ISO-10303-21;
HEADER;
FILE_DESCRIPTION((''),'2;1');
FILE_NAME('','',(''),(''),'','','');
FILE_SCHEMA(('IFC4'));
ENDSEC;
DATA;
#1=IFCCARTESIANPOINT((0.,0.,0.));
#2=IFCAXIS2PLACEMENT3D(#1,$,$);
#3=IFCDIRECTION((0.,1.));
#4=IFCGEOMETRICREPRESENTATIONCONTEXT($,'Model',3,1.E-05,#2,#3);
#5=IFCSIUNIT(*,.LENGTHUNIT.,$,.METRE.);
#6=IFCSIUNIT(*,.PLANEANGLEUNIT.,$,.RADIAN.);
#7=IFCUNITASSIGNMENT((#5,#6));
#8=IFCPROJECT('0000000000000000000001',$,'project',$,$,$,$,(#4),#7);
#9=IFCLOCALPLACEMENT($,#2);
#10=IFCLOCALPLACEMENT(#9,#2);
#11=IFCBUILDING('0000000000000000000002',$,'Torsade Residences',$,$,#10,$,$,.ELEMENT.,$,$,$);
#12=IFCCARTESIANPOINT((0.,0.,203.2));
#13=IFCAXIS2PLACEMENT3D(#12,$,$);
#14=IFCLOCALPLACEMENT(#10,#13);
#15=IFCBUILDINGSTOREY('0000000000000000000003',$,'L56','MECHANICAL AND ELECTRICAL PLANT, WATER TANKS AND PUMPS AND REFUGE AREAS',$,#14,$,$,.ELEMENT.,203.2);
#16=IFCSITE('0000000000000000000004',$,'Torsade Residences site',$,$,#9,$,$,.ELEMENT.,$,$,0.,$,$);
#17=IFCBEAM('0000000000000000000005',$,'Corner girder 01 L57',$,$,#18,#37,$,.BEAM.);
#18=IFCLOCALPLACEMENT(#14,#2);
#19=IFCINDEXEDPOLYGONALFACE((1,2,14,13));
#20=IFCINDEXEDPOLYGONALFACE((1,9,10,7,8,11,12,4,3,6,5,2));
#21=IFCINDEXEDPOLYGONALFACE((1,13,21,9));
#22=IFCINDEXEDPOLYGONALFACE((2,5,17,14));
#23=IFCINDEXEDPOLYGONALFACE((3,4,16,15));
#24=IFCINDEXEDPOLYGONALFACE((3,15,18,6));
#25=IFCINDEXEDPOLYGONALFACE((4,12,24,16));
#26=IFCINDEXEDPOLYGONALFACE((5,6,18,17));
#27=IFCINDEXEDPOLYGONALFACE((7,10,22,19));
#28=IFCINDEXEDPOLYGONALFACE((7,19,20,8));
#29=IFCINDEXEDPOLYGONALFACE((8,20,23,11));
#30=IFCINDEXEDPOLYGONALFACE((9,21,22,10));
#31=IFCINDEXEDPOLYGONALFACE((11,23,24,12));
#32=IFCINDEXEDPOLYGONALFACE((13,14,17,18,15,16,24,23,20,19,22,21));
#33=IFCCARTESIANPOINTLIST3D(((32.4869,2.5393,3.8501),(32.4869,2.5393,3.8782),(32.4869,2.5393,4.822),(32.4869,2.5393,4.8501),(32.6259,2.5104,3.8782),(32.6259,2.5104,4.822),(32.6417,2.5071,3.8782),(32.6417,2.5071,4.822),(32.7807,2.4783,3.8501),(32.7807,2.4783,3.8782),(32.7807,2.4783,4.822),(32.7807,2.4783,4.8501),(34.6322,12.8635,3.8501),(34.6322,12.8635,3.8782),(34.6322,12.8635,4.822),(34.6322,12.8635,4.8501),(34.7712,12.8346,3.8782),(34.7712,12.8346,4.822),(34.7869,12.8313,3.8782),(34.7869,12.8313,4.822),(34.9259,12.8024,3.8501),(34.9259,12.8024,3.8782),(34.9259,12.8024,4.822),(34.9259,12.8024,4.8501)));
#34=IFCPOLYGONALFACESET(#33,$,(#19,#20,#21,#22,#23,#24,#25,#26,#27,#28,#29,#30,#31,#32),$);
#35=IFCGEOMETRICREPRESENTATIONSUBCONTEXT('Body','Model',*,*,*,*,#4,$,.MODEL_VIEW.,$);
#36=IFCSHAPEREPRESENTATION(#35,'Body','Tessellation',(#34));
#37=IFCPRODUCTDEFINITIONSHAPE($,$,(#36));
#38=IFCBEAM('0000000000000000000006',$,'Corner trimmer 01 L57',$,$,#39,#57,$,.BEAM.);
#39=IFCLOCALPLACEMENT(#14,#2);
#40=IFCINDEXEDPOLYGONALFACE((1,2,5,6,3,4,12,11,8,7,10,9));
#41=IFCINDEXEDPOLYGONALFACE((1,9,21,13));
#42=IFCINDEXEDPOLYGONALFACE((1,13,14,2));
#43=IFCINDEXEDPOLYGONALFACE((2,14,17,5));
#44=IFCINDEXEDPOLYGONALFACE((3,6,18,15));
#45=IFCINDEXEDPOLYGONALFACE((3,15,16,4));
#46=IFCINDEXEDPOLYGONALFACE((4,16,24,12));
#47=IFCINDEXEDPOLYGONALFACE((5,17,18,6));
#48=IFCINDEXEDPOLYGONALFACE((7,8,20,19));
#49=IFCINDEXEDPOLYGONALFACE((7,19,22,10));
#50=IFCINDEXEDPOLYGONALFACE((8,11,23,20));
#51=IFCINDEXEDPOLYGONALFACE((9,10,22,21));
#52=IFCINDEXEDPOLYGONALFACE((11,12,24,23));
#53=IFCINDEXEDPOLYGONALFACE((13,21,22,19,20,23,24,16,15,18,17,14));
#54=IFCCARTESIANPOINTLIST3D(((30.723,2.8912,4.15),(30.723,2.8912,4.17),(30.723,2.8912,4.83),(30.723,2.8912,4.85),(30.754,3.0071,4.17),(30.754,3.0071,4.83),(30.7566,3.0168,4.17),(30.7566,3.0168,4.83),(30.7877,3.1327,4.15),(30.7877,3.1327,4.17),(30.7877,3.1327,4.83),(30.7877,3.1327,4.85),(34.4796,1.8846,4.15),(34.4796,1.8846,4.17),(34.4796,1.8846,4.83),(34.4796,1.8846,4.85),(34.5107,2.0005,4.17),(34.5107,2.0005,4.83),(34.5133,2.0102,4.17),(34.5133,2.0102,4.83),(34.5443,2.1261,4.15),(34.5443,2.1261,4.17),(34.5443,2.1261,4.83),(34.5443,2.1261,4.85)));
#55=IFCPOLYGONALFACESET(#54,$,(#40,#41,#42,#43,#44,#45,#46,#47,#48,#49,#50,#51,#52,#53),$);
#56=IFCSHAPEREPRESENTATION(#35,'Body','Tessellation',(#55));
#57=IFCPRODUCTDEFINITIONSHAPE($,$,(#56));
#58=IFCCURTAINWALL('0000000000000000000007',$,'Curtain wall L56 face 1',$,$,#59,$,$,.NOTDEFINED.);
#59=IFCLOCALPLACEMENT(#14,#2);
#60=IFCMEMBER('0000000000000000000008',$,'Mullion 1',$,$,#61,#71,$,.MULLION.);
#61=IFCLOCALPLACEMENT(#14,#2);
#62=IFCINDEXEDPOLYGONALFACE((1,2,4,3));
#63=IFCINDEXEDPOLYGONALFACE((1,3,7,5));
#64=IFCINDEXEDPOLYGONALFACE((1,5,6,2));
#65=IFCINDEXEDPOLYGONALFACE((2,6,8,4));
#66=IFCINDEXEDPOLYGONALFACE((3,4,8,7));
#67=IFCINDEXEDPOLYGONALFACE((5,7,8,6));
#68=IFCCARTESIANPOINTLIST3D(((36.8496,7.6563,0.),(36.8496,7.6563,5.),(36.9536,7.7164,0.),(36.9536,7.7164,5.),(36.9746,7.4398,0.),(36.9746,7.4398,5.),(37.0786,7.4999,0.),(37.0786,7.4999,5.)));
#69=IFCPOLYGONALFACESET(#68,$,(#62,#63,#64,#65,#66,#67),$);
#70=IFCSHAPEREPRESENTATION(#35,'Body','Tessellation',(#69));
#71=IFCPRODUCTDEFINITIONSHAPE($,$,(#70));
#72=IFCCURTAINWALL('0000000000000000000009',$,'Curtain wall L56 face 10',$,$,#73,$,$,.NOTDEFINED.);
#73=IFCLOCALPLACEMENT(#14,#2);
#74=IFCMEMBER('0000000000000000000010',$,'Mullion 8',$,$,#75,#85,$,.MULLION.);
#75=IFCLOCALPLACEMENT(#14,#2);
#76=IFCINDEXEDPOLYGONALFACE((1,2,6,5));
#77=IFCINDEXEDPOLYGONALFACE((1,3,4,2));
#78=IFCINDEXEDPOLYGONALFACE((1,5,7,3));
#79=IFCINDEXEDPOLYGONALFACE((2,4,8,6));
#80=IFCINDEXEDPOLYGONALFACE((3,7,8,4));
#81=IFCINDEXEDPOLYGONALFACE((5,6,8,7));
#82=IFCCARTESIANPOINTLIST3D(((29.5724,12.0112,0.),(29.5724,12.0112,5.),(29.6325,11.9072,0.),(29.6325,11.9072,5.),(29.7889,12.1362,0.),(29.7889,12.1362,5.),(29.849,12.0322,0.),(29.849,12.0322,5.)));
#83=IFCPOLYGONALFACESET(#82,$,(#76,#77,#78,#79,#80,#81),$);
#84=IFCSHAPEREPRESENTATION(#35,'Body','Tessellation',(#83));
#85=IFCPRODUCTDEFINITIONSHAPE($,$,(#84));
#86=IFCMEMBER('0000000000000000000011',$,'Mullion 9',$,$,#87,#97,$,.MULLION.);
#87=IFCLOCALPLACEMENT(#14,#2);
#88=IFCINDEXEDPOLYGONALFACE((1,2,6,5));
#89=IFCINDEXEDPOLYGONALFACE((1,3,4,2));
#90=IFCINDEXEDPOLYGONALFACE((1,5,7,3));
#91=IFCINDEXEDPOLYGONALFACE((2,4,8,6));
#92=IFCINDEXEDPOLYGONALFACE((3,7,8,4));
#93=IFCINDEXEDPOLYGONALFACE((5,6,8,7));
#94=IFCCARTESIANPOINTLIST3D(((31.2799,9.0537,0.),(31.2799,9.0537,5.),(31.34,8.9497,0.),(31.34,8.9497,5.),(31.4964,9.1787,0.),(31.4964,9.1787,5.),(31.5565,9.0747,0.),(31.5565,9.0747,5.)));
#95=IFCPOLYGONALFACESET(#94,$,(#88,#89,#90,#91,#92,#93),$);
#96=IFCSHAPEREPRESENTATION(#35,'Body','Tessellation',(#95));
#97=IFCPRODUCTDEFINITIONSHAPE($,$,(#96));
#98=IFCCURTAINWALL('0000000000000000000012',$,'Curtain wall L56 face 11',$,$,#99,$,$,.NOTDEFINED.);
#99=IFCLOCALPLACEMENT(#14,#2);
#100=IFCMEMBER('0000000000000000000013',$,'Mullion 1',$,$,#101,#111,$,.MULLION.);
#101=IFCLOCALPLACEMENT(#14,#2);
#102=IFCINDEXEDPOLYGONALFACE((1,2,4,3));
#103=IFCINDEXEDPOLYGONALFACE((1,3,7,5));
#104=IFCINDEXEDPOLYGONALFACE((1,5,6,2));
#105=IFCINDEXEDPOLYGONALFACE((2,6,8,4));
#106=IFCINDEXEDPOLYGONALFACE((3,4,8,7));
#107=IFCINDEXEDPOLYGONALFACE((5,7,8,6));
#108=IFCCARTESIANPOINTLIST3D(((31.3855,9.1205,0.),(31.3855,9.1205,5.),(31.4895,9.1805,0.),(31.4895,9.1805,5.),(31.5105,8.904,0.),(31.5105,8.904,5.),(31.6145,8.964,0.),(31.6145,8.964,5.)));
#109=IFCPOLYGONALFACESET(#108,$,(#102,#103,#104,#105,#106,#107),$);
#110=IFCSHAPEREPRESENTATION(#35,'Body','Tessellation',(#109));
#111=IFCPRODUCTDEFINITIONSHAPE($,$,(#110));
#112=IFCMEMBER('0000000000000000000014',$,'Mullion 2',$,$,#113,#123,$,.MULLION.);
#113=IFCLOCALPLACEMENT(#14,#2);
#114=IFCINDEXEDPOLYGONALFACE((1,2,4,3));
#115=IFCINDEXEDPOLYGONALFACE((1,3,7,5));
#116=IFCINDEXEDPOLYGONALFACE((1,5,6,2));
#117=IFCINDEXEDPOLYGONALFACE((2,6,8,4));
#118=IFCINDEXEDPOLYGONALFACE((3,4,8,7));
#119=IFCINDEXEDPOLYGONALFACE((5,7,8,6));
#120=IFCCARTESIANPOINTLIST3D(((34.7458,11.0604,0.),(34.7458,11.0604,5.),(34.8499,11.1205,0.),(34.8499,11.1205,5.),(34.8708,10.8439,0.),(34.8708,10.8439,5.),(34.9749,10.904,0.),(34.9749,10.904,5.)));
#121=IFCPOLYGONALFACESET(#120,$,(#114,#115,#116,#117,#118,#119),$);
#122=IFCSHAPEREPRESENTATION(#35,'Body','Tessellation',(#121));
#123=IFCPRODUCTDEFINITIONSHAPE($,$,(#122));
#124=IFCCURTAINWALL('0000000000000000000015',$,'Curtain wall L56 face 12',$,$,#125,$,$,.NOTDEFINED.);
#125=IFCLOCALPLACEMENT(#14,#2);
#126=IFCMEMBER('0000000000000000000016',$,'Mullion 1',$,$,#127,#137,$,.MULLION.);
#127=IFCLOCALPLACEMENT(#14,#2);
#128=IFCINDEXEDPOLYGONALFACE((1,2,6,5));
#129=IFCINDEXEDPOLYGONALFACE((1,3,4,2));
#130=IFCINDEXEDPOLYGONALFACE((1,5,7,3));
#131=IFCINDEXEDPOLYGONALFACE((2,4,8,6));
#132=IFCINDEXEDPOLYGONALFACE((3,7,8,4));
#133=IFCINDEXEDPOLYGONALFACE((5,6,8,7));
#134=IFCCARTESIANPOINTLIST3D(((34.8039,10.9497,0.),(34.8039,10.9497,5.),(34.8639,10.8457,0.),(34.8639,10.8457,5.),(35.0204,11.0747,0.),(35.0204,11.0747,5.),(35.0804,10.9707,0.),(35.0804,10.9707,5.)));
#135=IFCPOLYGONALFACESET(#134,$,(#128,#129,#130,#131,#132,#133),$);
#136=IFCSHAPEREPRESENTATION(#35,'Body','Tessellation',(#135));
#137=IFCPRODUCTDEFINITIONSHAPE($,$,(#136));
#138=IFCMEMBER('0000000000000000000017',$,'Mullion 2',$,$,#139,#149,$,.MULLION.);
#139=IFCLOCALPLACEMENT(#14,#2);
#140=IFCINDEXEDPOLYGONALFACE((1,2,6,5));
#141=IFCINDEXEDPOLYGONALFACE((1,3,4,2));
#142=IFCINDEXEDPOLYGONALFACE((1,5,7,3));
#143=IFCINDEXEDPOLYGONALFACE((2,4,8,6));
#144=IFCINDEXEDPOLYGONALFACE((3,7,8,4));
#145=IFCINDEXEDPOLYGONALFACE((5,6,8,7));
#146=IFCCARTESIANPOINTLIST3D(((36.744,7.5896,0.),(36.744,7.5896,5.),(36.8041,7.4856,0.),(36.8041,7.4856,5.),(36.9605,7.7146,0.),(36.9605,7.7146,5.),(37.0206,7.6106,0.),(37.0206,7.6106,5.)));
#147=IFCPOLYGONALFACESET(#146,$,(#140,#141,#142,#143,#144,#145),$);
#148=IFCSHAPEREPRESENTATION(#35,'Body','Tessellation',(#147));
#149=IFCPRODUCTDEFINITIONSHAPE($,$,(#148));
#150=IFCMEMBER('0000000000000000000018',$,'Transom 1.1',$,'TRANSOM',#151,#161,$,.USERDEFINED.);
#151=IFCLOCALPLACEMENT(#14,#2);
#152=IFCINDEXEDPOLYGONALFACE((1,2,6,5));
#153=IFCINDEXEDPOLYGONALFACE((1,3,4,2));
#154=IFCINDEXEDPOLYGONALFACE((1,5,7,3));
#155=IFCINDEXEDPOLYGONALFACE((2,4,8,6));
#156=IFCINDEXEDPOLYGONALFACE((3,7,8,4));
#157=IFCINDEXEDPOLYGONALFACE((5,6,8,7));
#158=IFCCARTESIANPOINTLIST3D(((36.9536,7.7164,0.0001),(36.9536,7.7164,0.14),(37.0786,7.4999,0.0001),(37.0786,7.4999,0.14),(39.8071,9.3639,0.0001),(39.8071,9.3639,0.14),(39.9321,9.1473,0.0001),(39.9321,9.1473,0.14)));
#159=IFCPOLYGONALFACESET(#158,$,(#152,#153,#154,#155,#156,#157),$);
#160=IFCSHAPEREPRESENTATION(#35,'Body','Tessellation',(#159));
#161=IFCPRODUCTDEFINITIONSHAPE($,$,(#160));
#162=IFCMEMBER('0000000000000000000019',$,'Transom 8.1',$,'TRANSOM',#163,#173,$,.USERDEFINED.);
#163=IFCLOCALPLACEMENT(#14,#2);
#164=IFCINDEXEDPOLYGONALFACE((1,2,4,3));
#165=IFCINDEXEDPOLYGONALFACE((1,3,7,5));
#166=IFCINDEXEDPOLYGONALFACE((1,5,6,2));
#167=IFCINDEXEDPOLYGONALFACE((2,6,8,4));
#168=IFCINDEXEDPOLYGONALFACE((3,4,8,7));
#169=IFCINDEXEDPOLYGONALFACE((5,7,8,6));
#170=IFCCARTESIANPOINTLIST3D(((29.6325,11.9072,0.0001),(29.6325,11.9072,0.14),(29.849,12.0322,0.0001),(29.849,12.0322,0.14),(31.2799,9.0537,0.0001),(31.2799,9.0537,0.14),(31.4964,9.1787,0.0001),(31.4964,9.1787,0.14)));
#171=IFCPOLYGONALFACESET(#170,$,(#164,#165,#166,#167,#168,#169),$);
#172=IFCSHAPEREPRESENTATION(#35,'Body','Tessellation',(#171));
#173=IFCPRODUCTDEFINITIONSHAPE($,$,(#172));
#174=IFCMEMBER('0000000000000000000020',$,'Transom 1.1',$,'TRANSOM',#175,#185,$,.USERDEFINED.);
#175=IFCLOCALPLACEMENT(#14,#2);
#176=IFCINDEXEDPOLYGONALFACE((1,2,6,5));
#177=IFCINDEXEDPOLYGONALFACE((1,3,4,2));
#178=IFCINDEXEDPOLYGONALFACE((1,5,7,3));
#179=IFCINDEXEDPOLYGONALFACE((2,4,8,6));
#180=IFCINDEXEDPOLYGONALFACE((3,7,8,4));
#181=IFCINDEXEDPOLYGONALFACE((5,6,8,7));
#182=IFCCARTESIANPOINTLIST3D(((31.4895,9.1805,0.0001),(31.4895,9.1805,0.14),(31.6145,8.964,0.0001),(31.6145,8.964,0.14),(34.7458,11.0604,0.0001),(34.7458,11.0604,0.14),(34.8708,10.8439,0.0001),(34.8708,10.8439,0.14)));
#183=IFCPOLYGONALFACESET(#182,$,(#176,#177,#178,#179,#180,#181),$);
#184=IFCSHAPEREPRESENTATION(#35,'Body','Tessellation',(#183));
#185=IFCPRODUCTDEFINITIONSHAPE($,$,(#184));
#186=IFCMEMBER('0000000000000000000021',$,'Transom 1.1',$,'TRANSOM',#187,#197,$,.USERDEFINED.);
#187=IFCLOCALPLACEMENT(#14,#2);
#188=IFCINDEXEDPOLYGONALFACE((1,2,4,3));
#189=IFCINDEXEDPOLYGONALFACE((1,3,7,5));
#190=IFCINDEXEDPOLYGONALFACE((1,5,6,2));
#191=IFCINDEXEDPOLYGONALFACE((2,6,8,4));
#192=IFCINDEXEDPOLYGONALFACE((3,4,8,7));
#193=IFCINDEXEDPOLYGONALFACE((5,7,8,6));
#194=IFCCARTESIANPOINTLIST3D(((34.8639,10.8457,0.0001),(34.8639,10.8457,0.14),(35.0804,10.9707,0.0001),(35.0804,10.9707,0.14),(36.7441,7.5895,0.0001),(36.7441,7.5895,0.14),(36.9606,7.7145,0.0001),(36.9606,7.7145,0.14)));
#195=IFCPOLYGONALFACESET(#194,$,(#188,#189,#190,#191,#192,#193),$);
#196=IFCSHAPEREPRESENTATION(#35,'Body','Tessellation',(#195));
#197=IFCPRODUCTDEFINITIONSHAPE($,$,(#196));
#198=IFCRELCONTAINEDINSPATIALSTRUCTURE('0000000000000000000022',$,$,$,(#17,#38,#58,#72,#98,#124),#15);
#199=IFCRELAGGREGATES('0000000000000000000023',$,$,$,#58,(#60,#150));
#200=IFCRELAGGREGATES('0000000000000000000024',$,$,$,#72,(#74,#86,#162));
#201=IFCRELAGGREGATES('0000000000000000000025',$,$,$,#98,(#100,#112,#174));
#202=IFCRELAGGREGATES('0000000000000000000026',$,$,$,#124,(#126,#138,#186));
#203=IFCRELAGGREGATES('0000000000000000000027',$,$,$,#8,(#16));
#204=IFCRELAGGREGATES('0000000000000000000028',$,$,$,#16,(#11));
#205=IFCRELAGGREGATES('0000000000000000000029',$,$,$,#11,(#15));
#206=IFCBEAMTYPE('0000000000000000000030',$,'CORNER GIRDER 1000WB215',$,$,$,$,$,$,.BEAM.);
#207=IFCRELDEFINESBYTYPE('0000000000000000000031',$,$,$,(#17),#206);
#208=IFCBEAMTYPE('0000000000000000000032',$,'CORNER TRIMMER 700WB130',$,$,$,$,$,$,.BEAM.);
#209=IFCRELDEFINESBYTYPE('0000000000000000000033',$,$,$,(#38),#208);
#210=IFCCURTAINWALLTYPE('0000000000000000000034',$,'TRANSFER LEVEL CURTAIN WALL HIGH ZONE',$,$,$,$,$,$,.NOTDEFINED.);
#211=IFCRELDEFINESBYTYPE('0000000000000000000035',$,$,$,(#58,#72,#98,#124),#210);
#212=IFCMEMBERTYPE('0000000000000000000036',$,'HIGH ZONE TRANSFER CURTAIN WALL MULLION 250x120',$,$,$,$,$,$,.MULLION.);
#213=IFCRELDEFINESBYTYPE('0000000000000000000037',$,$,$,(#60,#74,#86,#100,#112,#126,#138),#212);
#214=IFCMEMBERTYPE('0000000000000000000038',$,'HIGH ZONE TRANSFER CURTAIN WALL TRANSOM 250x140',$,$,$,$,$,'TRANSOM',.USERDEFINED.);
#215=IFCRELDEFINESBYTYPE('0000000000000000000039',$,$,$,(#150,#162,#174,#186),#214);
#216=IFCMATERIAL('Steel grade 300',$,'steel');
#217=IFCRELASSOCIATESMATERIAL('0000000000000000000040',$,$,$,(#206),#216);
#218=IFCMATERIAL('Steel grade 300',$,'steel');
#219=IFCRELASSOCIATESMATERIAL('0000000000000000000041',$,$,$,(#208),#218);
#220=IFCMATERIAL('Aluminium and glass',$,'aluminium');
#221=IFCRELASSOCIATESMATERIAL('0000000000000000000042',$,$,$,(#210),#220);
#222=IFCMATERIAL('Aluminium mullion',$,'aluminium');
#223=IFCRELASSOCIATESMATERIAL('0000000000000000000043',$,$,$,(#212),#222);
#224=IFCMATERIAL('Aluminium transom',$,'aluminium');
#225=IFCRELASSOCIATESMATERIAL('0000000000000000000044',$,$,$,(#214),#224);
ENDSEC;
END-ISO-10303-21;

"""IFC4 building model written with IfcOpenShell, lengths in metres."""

from ifc_helpers import new_model, si_unit, direction, frame, origin, origin_2d, place, context, subcontext, project, spatial, rectangle, i_section, extrude, material, material_profile, profile_set, type_object, element, aggregate, save


model = new_model("IFC4")

# Units and contexts
model_context = context("Model", 3, precision=1e-05, world=origin(), true_north=direction((0.0, 1.0)))
body_context = subcontext(model_context, "Body", "Model", "MODEL_VIEW")
ifc_project = project(units=[si_unit("LENGTHUNIT", "METRE"), si_unit("PLANEANGLEUNIT", "RADIAN")], contexts=[model_context])

# Site, building, storey
site_placement = place(None, origin())
site = spatial("IfcSite", under=ifc_project, at=site_placement, Name="Torsade Residences site", CompositionType="ELEMENT", RefElevation=0.0)
building_placement = place(site_placement, origin())
building = spatial("IfcBuilding", under=site, at=building_placement, Name="Torsade Residences", CompositionType="ELEMENT")
storey_placement = place(building_placement, frame((0.0, 0.0, 203.2)))
storey = spatial("IfcBuildingStorey", under=building, at=storey_placement, Name="L56", Description="MECHANICAL AND ELECTRICAL PLANT, WATER TANKS AND PUMPS AND REFUGE AREAS", CompositionType="ELEMENT", Elevation=203.2)

# Beams
ifc_material_1 = material(Name="Steel grade 300", Category="steel")
ifc_material_profile_1 = material_profile(ifc_material_1, i_section(OverallWidth=0.3, OverallDepth=1.0, WebThickness=0.0161, FlangeThickness=0.0281, at=origin_2d()), Name="1000WB215")
ifc_profile_set_1 = profile_set([ifc_material_profile_1], Name="Steel grade 300")
beam_type_1 = type_object("IfcBeamType", Name="CORNER GIRDER 1000WB215", PredefinedType="BEAM", material=ifc_profile_set_1)
beam_1_placement = place(storey_placement, frame((32.6338, 2.5088, 4.3501), z_axis=(0.203444, 0.979087, 0.0), x_axis=(-0.979087, 0.203444, 0.0)))
element("IfcBeam", 1, at=beam_1_placement, inside=storey, type_object=beam_type_1, Name="Corner girder 01 L57", PredefinedType="BEAM", context=body_context, shape_type="SweptSolid", body=[
    extrude(i_section(OverallWidth=0.3, OverallDepth=1.0, WebThickness=0.0161, FlangeThickness=0.0281, at=origin_2d()), origin(), (0.0, 0.0, 1.0), 10.5447),
])
ifc_material_2 = material(Name="Steel grade 300", Category="steel")
ifc_material_profile_2 = material_profile(ifc_material_2, i_section(OverallWidth=0.25, OverallDepth=0.7, WebThickness=0.01, FlangeThickness=0.02, at=origin_2d()), Name="700WB130")
ifc_profile_set_2 = profile_set([ifc_material_profile_2], Name="Steel grade 300")
beam_type_2 = type_object("IfcBeamType", Name="CORNER TRIMMER 700WB130", PredefinedType="BEAM", material=ifc_profile_set_2)
beam_2_placement = place(storey_placement, frame((34.512, 2.0054, 4.5), z_axis=(-0.965925, 0.258823, 0.0), x_axis=(-0.258823, -0.965925, 0.0)))
element("IfcBeam", 2, at=beam_2_placement, inside=storey, type_object=beam_type_2, Name="Corner trimmer 01 L57", PredefinedType="BEAM", context=body_context, shape_type="SweptSolid", body=[
    extrude(i_section(OverallWidth=0.25, OverallDepth=0.7, WebThickness=0.01, FlangeThickness=0.02, at=origin_2d()), origin(), (0.0, 0.0, 1.0), 3.8892),
])

# Curtain wall, member
ifc_material_3 = material(Name="Aluminium and glass", Category="aluminium")
curtain_wall_type = type_object("IfcCurtainWallType", Name="TRANSFER LEVEL CURTAIN WALL HIGH ZONE", PredefinedType="NOTDEFINED", material=ifc_material_3)
curtain_wall_1_placement = place(storey_placement, origin())
curtain_wall_1 = element("IfcCurtainWall", 3, at=curtain_wall_1_placement, inside=storey, type_object=curtain_wall_type, Name="Curtain wall L56 face 1", PredefinedType="NOTDEFINED")
ifc_material_4 = material(Name="Aluminium mullion", Category="aluminium")
ifc_material_profile_3 = material_profile(ifc_material_4, rectangle(XDim=0.25, YDim=0.1201, at=origin_2d()), Name="HIGH ZONE TRANSFER CURTAIN WALL MULLION 250x120")
ifc_profile_set_3 = profile_set([ifc_material_profile_3], Name="Aluminium mullion")
member_type_1 = type_object("IfcMemberType", Name="HIGH ZONE TRANSFER CURTAIN WALL MULLION 250x120", PredefinedType="MULLION", material=ifc_profile_set_3)
member_1_placement = place(storey_placement, frame((36.9641, 7.5781, 0.0), z_axis=(0.0, 0.0, 1.0), x_axis=(-0.5, 0.866025, 0.0)))
member_1 = element("IfcMember", 4, at=member_1_placement, type_object=member_type_1, Name="Mullion 1", PredefinedType="MULLION", context=body_context, shape_type="SweptSolid", body=[
    extrude(rectangle(XDim=0.25, YDim=0.1201, at=origin_2d()), origin(), (0.0, 0.0, 1.0), 5.0),
])

# Curtain walls, members
curtain_wall_2_placement = place(storey_placement, origin())
curtain_wall_2 = element("IfcCurtainWall", 5, at=curtain_wall_2_placement, inside=storey, type_object=curtain_wall_type, Name="Curtain wall L56 face 10", PredefinedType="NOTDEFINED")
member_2_placement = place(storey_placement, frame((29.7107, 12.0217, 0.0), z_axis=(0.0, 0.0, 1.0), x_axis=(0.866025, 0.5, 0.0)))
member_2 = element("IfcMember", 6, at=member_2_placement, type_object=member_type_1, Name="Mullion 8", PredefinedType="MULLION", context=body_context, shape_type="SweptSolid", body=[
    extrude(rectangle(XDim=0.25, YDim=0.1201, at=origin_2d()), origin(), (0.0, 0.0, 1.0), 5.0),
])
member_3_placement = place(storey_placement, frame((31.4182, 9.0642, 0.0), z_axis=(0.0, 0.0, 1.0), x_axis=(0.866025, 0.5, 0.0)))
member_3 = element("IfcMember", 7, at=member_3_placement, type_object=member_type_1, Name="Mullion 9", PredefinedType="MULLION", context=body_context, shape_type="SweptSolid", body=[
    extrude(rectangle(XDim=0.25, YDim=0.1201, at=origin_2d()), origin(), (0.0, 0.0, 1.0), 5.0),
])
curtain_wall_3_placement = place(storey_placement, origin())
curtain_wall_3 = element("IfcCurtainWall", 8, at=curtain_wall_3_placement, inside=storey, type_object=curtain_wall_type, Name="Curtain wall L56 face 11", PredefinedType="NOTDEFINED")
member_4_placement = place(storey_placement, frame((31.5, 9.0422, 0.0), z_axis=(0.0, 0.0, 1.0), x_axis=(-0.5, 0.866025, 0.0)))
member_4 = element("IfcMember", 9, at=member_4_placement, type_object=member_type_1, Name="Mullion 1", PredefinedType="MULLION", context=body_context, shape_type="SweptSolid", body=[
    extrude(rectangle(XDim=0.25, YDim=0.1201, at=origin_2d()), origin(), (0.0, 0.0, 1.0), 5.0),
])
member_5_placement = place(storey_placement, frame((34.8604, 10.9822, 0.0), z_axis=(0.0, 0.0, 1.0), x_axis=(-0.5, 0.866025, 0.0)))
member_5 = element("IfcMember", 10, at=member_5_placement, type_object=member_type_1, Name="Mullion 2", PredefinedType="MULLION", context=body_context, shape_type="SweptSolid", body=[
    extrude(rectangle(XDim=0.25, YDim=0.1201, at=origin_2d()), origin(), (0.0, 0.0, 1.0), 5.0),
])
curtain_wall_4_placement = place(storey_placement, origin())
curtain_wall_4 = element("IfcCurtainWall", 11, at=curtain_wall_4_placement, inside=storey, type_object=curtain_wall_type, Name="Curtain wall L56 face 12", PredefinedType="NOTDEFINED")
member_6_placement = place(storey_placement, frame((34.9421, 10.9602, 0.0), z_axis=(0.0, 0.0, 1.0), x_axis=(0.866025, 0.5, 0.0)))
member_6 = element("IfcMember", 12, at=member_6_placement, type_object=member_type_1, Name="Mullion 1", PredefinedType="MULLION", context=body_context, shape_type="SweptSolid", body=[
    extrude(rectangle(XDim=0.25, YDim=0.1201, at=origin_2d()), origin(), (0.0, 0.0, 1.0), 5.0),
])
member_7_placement = place(storey_placement, frame((36.8823, 7.6001, 0.0), z_axis=(0.0, 0.0, 1.0), x_axis=(0.866025, 0.5, 0.0)))
member_7 = element("IfcMember", 13, at=member_7_placement, type_object=member_type_1, Name="Mullion 2", PredefinedType="MULLION", context=body_context, shape_type="SweptSolid", body=[
    extrude(rectangle(XDim=0.25, YDim=0.1201, at=origin_2d()), origin(), (0.0, 0.0, 1.0), 5.0),
])

# Members
ifc_material_5 = material(Name="Aluminium transom", Category="aluminium")
ifc_material_profile_4 = material_profile(ifc_material_5, rectangle(XDim=0.25, YDim=0.1399, at=origin_2d()), Name="HIGH ZONE TRANSFER CURTAIN WALL TRANSOM 250x140")
ifc_profile_set_4 = profile_set([ifc_material_profile_4], Name="Aluminium transom")
member_type_2 = type_object("IfcMemberType", Name="HIGH ZONE TRANSFER CURTAIN WALL TRANSOM 250x140", ElementType="TRANSOM", PredefinedType="USERDEFINED", material=ifc_profile_set_4)
member_8_placement = place(storey_placement, frame((37.0161, 7.6082, 0.0701), z_axis=(0.866028, 0.499996, 0.0), x_axis=(-0.499996, 0.866028, 0.0)))
member_8 = element("IfcMember", 14, at=member_8_placement, type_object=member_type_2, Name="Transom 1.1", ObjectType="TRANSOM", PredefinedType="USERDEFINED", context=body_context, shape_type="SweptSolid", body=[
    extrude(rectangle(XDim=0.25, YDim=0.1399, at=origin_2d()), origin(), (0.0, 0.0, 1.0), 3.2949),
])
member_9_placement = place(storey_placement, frame((29.7407, 11.9697, 0.0701), z_axis=(0.499996, -0.866028, 0.0), x_axis=(0.866028, 0.499996, 0.0)))
member_9 = element("IfcMember", 15, at=member_9_placement, type_object=member_type_2, Name="Transom 8.1", ObjectType="TRANSOM", PredefinedType="USERDEFINED", context=body_context, shape_type="SweptSolid", body=[
    extrude(rectangle(XDim=0.25, YDim=0.1399, at=origin_2d()), origin(), (0.0, 0.0, 1.0), 3.2949),
])
member_10_placement = place(storey_placement, frame((31.552, 9.0723, 0.0701), z_axis=(0.866045, 0.499966, 0.0), x_axis=(-0.499966, 0.866045, 0.0)))
member_10 = element("IfcMember", 16, at=member_10_placement, type_object=member_type_2, Name="Transom 1.1", ObjectType="TRANSOM", PredefinedType="USERDEFINED", context=body_context, shape_type="SweptSolid", body=[
    extrude(rectangle(XDim=0.25, YDim=0.1399, at=origin_2d()), origin(), (0.0, 0.0, 1.0), 3.76),
])
member_11_placement = place(storey_placement, frame((34.9722, 10.9082, 0.0701), z_axis=(0.500043, -0.866001, 0.0), x_axis=(0.866001, 0.500043, 0.0)))
member_11 = element("IfcMember", 17, at=member_11_placement, type_object=member_type_2, Name="Transom 1.1", ObjectType="TRANSOM", PredefinedType="USERDEFINED", context=body_context, shape_type="SweptSolid", body=[
    extrude(rectangle(XDim=0.25, YDim=0.1399, at=origin_2d()), origin(), (0.0, 0.0, 1.0), 3.76),
])

aggregate(curtain_wall_1, [member_1, member_8])
aggregate(curtain_wall_2, [member_2, member_3, member_9])
aggregate(curtain_wall_3, [member_4, member_5, member_10])
aggregate(curtain_wall_4, [member_6, member_7, member_11])

save(model, "model.ifc")
